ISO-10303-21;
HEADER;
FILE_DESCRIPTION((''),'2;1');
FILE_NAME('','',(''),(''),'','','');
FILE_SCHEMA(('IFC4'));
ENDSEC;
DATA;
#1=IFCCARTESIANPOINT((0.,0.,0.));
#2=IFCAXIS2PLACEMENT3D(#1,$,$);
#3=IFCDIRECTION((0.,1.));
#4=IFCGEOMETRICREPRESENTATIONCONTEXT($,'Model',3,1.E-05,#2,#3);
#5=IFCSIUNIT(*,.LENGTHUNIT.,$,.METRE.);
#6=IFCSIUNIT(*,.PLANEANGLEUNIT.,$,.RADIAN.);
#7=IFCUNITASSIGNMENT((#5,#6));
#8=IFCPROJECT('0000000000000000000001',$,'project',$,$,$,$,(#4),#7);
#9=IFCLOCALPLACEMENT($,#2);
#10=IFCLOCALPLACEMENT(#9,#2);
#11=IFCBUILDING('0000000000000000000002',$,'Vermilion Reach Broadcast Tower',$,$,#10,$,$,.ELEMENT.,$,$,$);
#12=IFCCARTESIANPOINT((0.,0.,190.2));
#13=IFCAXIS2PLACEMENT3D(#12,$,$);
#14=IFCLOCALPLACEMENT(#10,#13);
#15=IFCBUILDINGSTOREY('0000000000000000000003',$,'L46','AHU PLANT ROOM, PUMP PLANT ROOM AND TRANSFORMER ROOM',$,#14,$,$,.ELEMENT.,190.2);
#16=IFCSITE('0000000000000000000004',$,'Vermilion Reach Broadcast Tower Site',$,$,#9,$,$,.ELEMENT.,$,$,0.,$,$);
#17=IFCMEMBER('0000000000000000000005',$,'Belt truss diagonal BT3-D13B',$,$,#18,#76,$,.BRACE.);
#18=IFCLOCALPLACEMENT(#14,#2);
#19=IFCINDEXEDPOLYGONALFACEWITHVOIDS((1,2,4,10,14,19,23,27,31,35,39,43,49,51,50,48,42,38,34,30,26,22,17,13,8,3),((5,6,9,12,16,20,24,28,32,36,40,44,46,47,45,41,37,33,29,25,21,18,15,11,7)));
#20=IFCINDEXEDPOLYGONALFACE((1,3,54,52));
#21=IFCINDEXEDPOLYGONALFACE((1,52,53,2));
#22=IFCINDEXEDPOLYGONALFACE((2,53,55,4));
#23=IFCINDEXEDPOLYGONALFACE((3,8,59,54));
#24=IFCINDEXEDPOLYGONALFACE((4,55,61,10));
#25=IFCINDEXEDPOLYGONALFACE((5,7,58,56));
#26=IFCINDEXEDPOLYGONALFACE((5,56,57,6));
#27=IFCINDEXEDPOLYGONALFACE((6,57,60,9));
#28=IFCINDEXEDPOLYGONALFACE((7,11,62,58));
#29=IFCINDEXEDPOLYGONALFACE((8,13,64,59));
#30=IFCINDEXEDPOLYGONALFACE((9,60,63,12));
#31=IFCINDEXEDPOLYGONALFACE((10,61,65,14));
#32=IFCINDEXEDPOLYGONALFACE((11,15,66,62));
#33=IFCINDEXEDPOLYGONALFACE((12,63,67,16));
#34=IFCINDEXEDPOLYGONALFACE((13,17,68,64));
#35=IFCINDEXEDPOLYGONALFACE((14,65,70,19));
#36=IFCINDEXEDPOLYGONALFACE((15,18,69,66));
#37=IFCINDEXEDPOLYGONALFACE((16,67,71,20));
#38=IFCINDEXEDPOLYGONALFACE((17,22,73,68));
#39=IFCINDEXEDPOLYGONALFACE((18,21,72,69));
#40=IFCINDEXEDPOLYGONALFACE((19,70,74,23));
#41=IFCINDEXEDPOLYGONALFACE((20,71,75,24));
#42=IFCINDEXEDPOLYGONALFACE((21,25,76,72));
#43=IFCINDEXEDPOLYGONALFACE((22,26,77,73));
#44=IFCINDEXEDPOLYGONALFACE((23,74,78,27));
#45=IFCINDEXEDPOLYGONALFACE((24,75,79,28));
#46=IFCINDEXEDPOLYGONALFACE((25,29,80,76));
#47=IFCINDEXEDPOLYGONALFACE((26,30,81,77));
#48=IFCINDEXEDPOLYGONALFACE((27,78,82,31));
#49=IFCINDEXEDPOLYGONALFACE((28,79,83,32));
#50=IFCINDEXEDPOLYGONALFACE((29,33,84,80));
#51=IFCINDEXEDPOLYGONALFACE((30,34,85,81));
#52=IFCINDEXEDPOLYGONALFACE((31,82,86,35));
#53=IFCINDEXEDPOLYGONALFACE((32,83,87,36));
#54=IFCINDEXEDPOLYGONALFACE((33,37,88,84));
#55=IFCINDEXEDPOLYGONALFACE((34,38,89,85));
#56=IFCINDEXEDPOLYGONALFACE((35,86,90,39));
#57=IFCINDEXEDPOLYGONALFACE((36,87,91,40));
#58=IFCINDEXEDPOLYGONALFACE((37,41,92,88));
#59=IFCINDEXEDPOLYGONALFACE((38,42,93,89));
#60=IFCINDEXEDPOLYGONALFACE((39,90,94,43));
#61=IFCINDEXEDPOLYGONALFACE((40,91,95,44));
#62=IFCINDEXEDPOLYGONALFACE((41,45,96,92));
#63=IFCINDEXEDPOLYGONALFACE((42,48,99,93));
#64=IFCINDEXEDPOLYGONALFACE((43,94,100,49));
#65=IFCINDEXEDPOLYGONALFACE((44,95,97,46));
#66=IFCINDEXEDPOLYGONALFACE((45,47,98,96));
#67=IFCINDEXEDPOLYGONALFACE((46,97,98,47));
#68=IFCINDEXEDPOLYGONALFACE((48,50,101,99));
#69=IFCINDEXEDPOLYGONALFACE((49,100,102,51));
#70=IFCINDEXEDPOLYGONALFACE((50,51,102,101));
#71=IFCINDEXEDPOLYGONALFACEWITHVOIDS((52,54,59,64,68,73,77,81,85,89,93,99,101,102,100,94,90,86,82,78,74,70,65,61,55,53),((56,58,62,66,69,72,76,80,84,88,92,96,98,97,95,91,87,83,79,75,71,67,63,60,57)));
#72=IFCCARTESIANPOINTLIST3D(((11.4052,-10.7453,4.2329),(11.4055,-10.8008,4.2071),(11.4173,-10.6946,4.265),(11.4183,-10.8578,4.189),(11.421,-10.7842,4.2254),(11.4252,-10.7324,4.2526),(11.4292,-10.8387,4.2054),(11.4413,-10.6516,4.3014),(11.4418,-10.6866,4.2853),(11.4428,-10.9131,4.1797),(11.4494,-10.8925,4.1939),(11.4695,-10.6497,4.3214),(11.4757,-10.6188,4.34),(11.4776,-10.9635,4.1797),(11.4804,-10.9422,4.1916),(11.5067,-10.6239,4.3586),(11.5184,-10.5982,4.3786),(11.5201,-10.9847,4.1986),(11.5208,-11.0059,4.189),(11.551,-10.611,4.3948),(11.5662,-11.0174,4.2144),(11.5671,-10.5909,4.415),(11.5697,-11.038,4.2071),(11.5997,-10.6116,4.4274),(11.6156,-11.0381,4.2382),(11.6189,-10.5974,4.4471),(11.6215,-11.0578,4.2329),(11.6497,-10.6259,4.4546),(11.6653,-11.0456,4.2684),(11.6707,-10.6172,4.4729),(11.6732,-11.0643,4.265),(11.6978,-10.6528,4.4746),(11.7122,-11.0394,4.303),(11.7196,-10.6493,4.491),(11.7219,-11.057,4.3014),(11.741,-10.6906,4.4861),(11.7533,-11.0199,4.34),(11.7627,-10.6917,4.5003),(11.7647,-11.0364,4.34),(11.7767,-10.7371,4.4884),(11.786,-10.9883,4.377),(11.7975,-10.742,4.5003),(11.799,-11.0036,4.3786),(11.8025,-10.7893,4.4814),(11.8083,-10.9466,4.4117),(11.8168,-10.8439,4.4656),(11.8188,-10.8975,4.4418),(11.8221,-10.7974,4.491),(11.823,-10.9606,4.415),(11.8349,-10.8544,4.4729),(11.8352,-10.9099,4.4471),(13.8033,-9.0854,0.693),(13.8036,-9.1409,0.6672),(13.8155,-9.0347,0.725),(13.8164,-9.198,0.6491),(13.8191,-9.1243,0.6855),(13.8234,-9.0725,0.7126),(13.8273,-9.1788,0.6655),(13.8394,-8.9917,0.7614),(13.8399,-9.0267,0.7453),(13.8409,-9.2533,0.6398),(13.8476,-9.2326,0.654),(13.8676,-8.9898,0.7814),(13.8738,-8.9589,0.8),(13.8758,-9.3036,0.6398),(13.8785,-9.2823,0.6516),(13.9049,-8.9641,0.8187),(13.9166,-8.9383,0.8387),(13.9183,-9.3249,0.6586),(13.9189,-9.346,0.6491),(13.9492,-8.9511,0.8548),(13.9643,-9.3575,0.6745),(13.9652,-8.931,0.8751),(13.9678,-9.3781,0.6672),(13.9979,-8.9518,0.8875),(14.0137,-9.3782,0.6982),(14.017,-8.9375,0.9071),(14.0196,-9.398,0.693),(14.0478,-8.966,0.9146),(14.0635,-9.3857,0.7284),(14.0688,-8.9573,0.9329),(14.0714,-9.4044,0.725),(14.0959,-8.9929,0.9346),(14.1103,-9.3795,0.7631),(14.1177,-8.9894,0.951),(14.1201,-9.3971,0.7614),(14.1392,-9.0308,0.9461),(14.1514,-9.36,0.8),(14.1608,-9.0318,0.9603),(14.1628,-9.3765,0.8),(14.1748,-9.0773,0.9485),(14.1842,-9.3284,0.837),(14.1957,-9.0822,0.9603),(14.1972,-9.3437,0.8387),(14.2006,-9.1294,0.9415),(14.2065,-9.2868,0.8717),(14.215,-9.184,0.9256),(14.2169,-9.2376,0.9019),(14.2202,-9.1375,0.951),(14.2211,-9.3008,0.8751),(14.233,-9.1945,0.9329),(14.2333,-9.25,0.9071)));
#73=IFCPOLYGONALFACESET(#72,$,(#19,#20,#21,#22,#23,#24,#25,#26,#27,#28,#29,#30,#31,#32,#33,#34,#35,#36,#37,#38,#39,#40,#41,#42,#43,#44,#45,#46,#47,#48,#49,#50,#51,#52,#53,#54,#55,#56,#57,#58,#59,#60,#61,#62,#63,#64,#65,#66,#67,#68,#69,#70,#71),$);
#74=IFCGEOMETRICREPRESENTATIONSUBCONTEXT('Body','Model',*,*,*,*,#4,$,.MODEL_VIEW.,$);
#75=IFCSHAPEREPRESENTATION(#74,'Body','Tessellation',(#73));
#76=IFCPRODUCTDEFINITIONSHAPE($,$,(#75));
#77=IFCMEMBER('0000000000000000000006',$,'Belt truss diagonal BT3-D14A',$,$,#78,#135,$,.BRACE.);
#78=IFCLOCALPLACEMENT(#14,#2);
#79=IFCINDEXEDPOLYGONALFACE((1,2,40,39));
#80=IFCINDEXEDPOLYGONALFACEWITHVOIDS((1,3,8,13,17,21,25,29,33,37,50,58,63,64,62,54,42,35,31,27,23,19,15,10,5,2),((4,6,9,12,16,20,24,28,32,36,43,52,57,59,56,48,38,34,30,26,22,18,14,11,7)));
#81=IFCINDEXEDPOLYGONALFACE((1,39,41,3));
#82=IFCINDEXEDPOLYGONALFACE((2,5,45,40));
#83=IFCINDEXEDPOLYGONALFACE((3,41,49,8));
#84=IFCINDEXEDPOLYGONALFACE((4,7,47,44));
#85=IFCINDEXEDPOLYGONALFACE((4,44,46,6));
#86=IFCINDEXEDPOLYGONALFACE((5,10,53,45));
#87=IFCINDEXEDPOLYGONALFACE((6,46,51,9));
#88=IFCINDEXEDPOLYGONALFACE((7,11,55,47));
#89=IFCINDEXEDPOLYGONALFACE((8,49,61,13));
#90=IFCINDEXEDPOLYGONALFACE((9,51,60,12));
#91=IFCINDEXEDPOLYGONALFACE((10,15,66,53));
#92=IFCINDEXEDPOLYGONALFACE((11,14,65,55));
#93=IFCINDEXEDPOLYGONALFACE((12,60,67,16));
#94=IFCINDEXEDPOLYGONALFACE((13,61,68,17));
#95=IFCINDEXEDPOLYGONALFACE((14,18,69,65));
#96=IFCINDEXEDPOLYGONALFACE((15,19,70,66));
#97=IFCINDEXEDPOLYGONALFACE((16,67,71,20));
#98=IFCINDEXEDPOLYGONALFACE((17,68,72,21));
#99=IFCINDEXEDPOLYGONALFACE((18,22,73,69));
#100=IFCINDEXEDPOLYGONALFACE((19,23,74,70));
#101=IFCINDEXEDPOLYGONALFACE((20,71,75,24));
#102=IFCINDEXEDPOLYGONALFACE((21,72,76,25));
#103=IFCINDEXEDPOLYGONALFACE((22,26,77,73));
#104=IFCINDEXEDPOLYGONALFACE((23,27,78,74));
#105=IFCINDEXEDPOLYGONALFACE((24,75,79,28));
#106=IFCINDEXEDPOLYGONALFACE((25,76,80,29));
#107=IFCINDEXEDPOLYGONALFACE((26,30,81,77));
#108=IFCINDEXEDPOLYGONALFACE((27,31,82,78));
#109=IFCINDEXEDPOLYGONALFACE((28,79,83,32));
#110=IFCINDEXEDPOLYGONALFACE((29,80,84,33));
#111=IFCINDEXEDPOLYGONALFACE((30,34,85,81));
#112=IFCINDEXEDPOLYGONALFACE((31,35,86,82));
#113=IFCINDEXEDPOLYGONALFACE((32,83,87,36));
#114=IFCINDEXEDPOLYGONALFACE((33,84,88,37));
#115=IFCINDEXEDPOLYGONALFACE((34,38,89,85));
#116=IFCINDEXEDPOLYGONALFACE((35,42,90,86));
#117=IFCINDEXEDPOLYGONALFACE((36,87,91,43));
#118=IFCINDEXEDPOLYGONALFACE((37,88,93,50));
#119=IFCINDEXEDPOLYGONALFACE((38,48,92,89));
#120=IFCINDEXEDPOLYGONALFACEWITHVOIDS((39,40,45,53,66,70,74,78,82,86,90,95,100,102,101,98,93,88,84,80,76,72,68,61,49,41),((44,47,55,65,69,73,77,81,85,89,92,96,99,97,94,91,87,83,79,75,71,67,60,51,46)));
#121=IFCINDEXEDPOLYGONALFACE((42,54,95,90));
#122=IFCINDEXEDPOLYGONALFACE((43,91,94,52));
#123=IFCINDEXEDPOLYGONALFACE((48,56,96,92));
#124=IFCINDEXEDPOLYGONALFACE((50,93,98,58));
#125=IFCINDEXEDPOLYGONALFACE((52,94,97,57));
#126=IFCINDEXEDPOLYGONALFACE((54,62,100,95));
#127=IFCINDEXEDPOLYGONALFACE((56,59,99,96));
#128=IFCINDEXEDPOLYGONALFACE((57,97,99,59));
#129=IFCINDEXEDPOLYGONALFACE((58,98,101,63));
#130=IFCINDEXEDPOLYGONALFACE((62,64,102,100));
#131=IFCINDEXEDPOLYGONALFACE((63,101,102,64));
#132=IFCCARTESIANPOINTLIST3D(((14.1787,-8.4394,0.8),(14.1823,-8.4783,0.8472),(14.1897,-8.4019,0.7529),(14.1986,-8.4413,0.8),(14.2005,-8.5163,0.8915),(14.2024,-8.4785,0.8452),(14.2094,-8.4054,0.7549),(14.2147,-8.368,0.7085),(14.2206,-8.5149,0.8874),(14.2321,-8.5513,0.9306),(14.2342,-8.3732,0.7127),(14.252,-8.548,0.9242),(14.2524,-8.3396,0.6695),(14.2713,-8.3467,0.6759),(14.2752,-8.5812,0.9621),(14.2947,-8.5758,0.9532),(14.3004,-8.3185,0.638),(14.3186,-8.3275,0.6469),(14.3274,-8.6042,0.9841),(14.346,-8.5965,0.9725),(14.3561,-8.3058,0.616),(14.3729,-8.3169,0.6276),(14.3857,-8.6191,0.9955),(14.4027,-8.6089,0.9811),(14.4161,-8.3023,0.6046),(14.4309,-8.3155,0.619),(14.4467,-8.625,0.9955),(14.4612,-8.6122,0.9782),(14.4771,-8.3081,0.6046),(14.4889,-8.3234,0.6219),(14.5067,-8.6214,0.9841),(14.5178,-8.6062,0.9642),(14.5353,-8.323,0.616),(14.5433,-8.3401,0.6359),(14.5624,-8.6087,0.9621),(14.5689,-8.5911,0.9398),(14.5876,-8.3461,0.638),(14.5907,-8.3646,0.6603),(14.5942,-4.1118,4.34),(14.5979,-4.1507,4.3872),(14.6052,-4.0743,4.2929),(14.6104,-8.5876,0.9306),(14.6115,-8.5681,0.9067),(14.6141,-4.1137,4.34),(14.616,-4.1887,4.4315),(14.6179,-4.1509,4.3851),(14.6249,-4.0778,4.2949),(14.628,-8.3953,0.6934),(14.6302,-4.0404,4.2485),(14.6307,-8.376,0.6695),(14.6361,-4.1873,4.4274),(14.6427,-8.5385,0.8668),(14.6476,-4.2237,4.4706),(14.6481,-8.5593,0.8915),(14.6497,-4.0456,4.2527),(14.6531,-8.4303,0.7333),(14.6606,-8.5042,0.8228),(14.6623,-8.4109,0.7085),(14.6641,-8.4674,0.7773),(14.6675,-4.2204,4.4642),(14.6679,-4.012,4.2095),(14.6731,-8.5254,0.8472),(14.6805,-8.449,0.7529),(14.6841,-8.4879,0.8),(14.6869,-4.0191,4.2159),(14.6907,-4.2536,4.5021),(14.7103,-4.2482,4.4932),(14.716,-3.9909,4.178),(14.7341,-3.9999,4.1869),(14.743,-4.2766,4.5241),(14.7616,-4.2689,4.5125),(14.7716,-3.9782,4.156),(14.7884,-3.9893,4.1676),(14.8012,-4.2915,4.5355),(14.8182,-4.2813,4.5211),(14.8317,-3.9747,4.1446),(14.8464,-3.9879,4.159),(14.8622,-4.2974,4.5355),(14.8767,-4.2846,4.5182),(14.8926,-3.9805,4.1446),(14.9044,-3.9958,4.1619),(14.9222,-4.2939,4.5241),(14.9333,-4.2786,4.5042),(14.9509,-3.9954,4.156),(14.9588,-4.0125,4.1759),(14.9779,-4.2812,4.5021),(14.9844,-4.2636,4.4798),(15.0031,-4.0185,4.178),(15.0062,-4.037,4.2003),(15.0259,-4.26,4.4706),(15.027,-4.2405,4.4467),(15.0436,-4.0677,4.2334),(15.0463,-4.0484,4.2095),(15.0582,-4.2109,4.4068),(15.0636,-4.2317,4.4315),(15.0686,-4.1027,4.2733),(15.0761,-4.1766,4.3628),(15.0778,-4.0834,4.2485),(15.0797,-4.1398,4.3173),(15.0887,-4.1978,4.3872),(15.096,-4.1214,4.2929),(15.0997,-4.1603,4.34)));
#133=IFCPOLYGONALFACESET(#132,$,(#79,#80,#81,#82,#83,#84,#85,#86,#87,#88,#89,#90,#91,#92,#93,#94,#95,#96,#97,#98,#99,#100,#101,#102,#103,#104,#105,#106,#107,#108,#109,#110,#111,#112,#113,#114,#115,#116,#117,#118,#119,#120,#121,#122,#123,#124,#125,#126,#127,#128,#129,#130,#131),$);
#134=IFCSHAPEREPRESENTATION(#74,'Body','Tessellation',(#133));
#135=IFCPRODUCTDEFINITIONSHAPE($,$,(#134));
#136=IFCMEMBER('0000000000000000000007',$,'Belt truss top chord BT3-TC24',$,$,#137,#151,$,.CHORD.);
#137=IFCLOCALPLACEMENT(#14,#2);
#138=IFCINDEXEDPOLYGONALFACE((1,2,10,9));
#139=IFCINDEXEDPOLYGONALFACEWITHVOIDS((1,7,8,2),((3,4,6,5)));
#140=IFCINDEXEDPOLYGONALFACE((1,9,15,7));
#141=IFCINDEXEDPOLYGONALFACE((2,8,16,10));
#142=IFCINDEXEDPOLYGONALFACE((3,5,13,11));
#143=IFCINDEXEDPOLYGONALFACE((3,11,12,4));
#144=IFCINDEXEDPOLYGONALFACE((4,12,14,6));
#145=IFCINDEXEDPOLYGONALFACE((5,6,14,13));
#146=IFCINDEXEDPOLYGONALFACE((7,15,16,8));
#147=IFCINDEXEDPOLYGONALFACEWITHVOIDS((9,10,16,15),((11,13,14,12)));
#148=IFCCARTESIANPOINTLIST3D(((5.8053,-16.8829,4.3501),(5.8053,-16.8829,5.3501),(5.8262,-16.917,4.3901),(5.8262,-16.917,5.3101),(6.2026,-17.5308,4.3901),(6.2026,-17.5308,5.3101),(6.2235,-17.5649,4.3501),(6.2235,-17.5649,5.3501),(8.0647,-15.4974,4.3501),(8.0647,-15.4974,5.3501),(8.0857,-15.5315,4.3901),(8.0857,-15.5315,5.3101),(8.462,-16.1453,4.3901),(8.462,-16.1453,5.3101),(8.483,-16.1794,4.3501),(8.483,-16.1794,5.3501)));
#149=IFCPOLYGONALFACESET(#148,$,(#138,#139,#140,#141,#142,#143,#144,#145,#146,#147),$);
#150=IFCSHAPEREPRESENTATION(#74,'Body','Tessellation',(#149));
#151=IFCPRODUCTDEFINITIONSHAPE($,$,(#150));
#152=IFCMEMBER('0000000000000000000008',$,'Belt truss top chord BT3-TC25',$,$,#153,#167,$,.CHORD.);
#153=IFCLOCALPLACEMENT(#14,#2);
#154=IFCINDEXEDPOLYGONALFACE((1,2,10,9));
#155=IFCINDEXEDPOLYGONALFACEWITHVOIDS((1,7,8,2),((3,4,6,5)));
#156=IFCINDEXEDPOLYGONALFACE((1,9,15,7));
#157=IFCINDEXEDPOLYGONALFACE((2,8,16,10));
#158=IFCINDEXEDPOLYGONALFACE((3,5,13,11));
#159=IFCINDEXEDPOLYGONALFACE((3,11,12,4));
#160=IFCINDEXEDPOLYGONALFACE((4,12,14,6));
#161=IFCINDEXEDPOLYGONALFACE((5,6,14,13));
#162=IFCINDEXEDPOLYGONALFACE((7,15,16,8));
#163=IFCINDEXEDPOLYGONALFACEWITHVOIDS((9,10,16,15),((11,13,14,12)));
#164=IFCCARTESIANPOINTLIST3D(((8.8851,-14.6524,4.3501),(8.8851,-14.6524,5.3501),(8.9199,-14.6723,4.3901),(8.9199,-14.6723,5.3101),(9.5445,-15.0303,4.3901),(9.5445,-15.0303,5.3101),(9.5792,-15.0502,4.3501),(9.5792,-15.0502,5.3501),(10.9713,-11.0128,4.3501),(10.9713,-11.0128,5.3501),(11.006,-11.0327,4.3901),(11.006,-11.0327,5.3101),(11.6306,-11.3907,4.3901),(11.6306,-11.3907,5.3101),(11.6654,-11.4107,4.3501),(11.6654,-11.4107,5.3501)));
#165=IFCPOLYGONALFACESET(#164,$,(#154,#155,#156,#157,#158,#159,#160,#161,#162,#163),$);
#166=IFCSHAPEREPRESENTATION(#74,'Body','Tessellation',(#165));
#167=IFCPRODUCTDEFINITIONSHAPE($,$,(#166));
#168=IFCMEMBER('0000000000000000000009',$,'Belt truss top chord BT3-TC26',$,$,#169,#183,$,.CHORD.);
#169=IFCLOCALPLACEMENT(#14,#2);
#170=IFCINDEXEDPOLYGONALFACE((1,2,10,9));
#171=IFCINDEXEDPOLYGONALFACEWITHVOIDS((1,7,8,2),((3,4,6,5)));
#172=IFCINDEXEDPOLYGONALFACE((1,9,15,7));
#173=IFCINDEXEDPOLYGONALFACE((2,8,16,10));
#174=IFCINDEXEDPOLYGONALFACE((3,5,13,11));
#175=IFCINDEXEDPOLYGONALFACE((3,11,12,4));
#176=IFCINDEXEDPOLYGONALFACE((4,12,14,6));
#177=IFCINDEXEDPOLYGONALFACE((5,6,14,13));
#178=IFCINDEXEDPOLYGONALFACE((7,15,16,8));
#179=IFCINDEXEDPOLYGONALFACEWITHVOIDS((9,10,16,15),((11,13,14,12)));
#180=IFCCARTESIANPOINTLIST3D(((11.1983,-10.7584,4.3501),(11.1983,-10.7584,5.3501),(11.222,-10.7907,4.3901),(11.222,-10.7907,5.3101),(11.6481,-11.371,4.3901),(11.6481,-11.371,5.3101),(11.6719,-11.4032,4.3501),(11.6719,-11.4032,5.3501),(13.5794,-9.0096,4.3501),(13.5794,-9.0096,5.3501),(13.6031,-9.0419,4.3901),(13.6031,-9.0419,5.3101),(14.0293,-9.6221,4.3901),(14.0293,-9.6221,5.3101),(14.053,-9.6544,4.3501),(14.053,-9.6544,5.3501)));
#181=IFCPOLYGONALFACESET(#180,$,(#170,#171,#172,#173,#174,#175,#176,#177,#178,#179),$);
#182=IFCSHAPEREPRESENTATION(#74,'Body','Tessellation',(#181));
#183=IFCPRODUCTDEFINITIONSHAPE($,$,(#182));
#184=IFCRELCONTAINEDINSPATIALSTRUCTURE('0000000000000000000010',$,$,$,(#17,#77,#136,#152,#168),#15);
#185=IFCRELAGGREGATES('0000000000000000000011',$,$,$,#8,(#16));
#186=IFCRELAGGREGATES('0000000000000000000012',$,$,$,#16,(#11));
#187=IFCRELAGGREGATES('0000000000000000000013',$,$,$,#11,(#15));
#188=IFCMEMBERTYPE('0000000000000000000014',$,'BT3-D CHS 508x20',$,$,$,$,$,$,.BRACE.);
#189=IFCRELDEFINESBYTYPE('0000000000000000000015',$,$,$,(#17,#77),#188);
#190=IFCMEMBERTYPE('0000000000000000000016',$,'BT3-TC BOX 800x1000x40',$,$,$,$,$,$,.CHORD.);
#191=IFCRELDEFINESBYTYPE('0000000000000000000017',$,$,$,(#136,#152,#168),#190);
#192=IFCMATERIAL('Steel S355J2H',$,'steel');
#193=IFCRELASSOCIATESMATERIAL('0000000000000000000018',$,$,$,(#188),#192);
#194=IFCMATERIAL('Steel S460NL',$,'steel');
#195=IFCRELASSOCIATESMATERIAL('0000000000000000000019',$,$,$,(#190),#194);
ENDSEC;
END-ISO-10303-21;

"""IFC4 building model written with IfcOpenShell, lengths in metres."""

from ifc_helpers import new_model, si_unit, direction, frame, origin, origin_2d, place, context, subcontext, project, spatial, hollow_rectangle, hollow_circle, extrude, material, material_profile, profile_set, type_object, element, save


model = new_model("IFC4")

# Units and contexts
model_context = context("Model", 3, precision=1e-05, world=origin(), true_north=direction((0.0, 1.0)))
body_context = subcontext(model_context, "Body", "Model", "MODEL_VIEW")
ifc_project = project(units=[si_unit("LENGTHUNIT", "METRE"), si_unit("PLANEANGLEUNIT", "RADIAN")], contexts=[model_context])

# Site, building, storey
site_placement = place(None, origin())
site = spatial("IfcSite", under=ifc_project, at=site_placement, Name="Vermilion Reach Broadcast Tower Site", CompositionType="ELEMENT", RefElevation=0.0)
building_placement = place(site_placement, origin())
building = spatial("IfcBuilding", under=site, at=building_placement, Name="Vermilion Reach Broadcast Tower", CompositionType="ELEMENT")
storey_placement = place(building_placement, frame((0.0, 0.0, 190.2)))
storey = spatial("IfcBuildingStorey", under=building, at=storey_placement, Name="L46", Description="AHU PLANT ROOM, PUMP PLANT ROOM AND TRANSFORMER ROOM", CompositionType="ELEMENT", Elevation=190.2)

# Members
ifc_material_1 = material(Name="Steel S355J2H", Category="steel")
ifc_material_profile_1 = material_profile(ifc_material_1, hollow_circle(Radius=0.2539, WallThickness=0.02, at=origin_2d()), Name="S355J2H CHS 508x20")
ifc_profile_set_1 = profile_set([ifc_material_profile_1], Name="Steel S355J2H")
member_type_1 = type_object("IfcMemberType", Name="BT3-D CHS 508x20", PredefinedType="BRACE", material=ifc_profile_set_1)
member_1_placement = place(storey_placement, frame((14.0183, -9.1677, 0.8), z_axis=(-0.522849, -0.361891, 0.771792), x_axis=(0.569123, -0.822252, 0.0)))
element("IfcMember", 1, at=member_1_placement, inside=storey, type_object=member_type_1, Name="Belt truss diagonal BT3-D13B", PredefinedType="BRACE", context=body_context, shape_type="SweptSolid", body=[
    extrude(hollow_circle(Radius=0.2539, WallThickness=0.02, at=origin_2d()), origin(), (0.0, 0.0, 1.0), 4.5867),
])
member_2_placement = place(storey_placement, frame((14.4314, -8.4636, 0.8), z_axis=(0.074115, 0.771895, 0.631416), x_axis=(-0.995422, 0.095578, 0.0)))
element("IfcMember", 2, at=member_2_placement, inside=storey, type_object=member_type_1, Name="Belt truss diagonal BT3-D14A", PredefinedType="BRACE", context=body_context, shape_type="SweptSolid", body=[
    extrude(hollow_circle(Radius=0.2539, WallThickness=0.02, at=origin_2d()), origin(), (0.0, 0.0, 1.0), 5.6064),
])
ifc_material_2 = material(Name="Steel S460NL", Category="steel")
ifc_material_profile_2 = material_profile(ifc_material_2, hollow_rectangle(XDim=0.8, YDim=1.0, WallThickness=0.04, at=origin_2d()), Name="S460NL BOX 800x1000x40")
ifc_profile_set_2 = profile_set([ifc_material_profile_2], Name="Steel S460NL")
member_type_2 = type_object("IfcMemberType", Name="BT3-TC BOX 800x1000x40", PredefinedType="CHORD", material=ifc_profile_set_2)
member_3_placement = place(storey_placement, frame((6.0144, -17.2239, 4.8501), z_axis=(0.852495, 0.522735, 0.0), x_axis=(-0.522735, 0.852495, 0.0)))
element("IfcMember", 3, at=member_3_placement, inside=storey, type_object=member_type_2, Name="Belt truss top chord BT3-TC24", PredefinedType="CHORD", context=body_context, shape_type="SweptSolid", body=[
    extrude(hollow_rectangle(XDim=0.8, YDim=1.0, WallThickness=0.04, at=origin_2d()), origin(), (0.0, 0.0, 1.0), 2.6504),
])
member_4_placement = place(storey_placement, frame((9.2322, -14.8513, 4.8501), z_axis=(0.497285, 0.867587, 0.0), x_axis=(-0.867587, 0.497285, 0.0)))
element("IfcMember", 4, at=member_4_placement, inside=storey, type_object=member_type_2, Name="Belt truss top chord BT3-TC25", PredefinedType="CHORD", context=body_context, shape_type="SweptSolid", body=[
    extrude(hollow_rectangle(XDim=0.8, YDim=1.0, WallThickness=0.04, at=origin_2d()), origin(), (0.0, 0.0, 1.0), 4.1951),
])
member_5_placement = place(storey_placement, frame((11.4351, -11.0808, 4.8501), z_axis=(0.805979, 0.591944, 0.0), x_axis=(-0.591944, 0.805979, 0.0)))
element("IfcMember", 5, at=member_5_placement, inside=storey, type_object=member_type_2, Name="Belt truss top chord BT3-TC26", PredefinedType="CHORD", context=body_context, shape_type="SweptSolid", body=[
    extrude(hollow_rectangle(XDim=0.8, YDim=1.0, WallThickness=0.04, at=origin_2d()), origin(), (0.0, 0.0, 1.0), 2.9543),
])

save(model, "model.ifc")
